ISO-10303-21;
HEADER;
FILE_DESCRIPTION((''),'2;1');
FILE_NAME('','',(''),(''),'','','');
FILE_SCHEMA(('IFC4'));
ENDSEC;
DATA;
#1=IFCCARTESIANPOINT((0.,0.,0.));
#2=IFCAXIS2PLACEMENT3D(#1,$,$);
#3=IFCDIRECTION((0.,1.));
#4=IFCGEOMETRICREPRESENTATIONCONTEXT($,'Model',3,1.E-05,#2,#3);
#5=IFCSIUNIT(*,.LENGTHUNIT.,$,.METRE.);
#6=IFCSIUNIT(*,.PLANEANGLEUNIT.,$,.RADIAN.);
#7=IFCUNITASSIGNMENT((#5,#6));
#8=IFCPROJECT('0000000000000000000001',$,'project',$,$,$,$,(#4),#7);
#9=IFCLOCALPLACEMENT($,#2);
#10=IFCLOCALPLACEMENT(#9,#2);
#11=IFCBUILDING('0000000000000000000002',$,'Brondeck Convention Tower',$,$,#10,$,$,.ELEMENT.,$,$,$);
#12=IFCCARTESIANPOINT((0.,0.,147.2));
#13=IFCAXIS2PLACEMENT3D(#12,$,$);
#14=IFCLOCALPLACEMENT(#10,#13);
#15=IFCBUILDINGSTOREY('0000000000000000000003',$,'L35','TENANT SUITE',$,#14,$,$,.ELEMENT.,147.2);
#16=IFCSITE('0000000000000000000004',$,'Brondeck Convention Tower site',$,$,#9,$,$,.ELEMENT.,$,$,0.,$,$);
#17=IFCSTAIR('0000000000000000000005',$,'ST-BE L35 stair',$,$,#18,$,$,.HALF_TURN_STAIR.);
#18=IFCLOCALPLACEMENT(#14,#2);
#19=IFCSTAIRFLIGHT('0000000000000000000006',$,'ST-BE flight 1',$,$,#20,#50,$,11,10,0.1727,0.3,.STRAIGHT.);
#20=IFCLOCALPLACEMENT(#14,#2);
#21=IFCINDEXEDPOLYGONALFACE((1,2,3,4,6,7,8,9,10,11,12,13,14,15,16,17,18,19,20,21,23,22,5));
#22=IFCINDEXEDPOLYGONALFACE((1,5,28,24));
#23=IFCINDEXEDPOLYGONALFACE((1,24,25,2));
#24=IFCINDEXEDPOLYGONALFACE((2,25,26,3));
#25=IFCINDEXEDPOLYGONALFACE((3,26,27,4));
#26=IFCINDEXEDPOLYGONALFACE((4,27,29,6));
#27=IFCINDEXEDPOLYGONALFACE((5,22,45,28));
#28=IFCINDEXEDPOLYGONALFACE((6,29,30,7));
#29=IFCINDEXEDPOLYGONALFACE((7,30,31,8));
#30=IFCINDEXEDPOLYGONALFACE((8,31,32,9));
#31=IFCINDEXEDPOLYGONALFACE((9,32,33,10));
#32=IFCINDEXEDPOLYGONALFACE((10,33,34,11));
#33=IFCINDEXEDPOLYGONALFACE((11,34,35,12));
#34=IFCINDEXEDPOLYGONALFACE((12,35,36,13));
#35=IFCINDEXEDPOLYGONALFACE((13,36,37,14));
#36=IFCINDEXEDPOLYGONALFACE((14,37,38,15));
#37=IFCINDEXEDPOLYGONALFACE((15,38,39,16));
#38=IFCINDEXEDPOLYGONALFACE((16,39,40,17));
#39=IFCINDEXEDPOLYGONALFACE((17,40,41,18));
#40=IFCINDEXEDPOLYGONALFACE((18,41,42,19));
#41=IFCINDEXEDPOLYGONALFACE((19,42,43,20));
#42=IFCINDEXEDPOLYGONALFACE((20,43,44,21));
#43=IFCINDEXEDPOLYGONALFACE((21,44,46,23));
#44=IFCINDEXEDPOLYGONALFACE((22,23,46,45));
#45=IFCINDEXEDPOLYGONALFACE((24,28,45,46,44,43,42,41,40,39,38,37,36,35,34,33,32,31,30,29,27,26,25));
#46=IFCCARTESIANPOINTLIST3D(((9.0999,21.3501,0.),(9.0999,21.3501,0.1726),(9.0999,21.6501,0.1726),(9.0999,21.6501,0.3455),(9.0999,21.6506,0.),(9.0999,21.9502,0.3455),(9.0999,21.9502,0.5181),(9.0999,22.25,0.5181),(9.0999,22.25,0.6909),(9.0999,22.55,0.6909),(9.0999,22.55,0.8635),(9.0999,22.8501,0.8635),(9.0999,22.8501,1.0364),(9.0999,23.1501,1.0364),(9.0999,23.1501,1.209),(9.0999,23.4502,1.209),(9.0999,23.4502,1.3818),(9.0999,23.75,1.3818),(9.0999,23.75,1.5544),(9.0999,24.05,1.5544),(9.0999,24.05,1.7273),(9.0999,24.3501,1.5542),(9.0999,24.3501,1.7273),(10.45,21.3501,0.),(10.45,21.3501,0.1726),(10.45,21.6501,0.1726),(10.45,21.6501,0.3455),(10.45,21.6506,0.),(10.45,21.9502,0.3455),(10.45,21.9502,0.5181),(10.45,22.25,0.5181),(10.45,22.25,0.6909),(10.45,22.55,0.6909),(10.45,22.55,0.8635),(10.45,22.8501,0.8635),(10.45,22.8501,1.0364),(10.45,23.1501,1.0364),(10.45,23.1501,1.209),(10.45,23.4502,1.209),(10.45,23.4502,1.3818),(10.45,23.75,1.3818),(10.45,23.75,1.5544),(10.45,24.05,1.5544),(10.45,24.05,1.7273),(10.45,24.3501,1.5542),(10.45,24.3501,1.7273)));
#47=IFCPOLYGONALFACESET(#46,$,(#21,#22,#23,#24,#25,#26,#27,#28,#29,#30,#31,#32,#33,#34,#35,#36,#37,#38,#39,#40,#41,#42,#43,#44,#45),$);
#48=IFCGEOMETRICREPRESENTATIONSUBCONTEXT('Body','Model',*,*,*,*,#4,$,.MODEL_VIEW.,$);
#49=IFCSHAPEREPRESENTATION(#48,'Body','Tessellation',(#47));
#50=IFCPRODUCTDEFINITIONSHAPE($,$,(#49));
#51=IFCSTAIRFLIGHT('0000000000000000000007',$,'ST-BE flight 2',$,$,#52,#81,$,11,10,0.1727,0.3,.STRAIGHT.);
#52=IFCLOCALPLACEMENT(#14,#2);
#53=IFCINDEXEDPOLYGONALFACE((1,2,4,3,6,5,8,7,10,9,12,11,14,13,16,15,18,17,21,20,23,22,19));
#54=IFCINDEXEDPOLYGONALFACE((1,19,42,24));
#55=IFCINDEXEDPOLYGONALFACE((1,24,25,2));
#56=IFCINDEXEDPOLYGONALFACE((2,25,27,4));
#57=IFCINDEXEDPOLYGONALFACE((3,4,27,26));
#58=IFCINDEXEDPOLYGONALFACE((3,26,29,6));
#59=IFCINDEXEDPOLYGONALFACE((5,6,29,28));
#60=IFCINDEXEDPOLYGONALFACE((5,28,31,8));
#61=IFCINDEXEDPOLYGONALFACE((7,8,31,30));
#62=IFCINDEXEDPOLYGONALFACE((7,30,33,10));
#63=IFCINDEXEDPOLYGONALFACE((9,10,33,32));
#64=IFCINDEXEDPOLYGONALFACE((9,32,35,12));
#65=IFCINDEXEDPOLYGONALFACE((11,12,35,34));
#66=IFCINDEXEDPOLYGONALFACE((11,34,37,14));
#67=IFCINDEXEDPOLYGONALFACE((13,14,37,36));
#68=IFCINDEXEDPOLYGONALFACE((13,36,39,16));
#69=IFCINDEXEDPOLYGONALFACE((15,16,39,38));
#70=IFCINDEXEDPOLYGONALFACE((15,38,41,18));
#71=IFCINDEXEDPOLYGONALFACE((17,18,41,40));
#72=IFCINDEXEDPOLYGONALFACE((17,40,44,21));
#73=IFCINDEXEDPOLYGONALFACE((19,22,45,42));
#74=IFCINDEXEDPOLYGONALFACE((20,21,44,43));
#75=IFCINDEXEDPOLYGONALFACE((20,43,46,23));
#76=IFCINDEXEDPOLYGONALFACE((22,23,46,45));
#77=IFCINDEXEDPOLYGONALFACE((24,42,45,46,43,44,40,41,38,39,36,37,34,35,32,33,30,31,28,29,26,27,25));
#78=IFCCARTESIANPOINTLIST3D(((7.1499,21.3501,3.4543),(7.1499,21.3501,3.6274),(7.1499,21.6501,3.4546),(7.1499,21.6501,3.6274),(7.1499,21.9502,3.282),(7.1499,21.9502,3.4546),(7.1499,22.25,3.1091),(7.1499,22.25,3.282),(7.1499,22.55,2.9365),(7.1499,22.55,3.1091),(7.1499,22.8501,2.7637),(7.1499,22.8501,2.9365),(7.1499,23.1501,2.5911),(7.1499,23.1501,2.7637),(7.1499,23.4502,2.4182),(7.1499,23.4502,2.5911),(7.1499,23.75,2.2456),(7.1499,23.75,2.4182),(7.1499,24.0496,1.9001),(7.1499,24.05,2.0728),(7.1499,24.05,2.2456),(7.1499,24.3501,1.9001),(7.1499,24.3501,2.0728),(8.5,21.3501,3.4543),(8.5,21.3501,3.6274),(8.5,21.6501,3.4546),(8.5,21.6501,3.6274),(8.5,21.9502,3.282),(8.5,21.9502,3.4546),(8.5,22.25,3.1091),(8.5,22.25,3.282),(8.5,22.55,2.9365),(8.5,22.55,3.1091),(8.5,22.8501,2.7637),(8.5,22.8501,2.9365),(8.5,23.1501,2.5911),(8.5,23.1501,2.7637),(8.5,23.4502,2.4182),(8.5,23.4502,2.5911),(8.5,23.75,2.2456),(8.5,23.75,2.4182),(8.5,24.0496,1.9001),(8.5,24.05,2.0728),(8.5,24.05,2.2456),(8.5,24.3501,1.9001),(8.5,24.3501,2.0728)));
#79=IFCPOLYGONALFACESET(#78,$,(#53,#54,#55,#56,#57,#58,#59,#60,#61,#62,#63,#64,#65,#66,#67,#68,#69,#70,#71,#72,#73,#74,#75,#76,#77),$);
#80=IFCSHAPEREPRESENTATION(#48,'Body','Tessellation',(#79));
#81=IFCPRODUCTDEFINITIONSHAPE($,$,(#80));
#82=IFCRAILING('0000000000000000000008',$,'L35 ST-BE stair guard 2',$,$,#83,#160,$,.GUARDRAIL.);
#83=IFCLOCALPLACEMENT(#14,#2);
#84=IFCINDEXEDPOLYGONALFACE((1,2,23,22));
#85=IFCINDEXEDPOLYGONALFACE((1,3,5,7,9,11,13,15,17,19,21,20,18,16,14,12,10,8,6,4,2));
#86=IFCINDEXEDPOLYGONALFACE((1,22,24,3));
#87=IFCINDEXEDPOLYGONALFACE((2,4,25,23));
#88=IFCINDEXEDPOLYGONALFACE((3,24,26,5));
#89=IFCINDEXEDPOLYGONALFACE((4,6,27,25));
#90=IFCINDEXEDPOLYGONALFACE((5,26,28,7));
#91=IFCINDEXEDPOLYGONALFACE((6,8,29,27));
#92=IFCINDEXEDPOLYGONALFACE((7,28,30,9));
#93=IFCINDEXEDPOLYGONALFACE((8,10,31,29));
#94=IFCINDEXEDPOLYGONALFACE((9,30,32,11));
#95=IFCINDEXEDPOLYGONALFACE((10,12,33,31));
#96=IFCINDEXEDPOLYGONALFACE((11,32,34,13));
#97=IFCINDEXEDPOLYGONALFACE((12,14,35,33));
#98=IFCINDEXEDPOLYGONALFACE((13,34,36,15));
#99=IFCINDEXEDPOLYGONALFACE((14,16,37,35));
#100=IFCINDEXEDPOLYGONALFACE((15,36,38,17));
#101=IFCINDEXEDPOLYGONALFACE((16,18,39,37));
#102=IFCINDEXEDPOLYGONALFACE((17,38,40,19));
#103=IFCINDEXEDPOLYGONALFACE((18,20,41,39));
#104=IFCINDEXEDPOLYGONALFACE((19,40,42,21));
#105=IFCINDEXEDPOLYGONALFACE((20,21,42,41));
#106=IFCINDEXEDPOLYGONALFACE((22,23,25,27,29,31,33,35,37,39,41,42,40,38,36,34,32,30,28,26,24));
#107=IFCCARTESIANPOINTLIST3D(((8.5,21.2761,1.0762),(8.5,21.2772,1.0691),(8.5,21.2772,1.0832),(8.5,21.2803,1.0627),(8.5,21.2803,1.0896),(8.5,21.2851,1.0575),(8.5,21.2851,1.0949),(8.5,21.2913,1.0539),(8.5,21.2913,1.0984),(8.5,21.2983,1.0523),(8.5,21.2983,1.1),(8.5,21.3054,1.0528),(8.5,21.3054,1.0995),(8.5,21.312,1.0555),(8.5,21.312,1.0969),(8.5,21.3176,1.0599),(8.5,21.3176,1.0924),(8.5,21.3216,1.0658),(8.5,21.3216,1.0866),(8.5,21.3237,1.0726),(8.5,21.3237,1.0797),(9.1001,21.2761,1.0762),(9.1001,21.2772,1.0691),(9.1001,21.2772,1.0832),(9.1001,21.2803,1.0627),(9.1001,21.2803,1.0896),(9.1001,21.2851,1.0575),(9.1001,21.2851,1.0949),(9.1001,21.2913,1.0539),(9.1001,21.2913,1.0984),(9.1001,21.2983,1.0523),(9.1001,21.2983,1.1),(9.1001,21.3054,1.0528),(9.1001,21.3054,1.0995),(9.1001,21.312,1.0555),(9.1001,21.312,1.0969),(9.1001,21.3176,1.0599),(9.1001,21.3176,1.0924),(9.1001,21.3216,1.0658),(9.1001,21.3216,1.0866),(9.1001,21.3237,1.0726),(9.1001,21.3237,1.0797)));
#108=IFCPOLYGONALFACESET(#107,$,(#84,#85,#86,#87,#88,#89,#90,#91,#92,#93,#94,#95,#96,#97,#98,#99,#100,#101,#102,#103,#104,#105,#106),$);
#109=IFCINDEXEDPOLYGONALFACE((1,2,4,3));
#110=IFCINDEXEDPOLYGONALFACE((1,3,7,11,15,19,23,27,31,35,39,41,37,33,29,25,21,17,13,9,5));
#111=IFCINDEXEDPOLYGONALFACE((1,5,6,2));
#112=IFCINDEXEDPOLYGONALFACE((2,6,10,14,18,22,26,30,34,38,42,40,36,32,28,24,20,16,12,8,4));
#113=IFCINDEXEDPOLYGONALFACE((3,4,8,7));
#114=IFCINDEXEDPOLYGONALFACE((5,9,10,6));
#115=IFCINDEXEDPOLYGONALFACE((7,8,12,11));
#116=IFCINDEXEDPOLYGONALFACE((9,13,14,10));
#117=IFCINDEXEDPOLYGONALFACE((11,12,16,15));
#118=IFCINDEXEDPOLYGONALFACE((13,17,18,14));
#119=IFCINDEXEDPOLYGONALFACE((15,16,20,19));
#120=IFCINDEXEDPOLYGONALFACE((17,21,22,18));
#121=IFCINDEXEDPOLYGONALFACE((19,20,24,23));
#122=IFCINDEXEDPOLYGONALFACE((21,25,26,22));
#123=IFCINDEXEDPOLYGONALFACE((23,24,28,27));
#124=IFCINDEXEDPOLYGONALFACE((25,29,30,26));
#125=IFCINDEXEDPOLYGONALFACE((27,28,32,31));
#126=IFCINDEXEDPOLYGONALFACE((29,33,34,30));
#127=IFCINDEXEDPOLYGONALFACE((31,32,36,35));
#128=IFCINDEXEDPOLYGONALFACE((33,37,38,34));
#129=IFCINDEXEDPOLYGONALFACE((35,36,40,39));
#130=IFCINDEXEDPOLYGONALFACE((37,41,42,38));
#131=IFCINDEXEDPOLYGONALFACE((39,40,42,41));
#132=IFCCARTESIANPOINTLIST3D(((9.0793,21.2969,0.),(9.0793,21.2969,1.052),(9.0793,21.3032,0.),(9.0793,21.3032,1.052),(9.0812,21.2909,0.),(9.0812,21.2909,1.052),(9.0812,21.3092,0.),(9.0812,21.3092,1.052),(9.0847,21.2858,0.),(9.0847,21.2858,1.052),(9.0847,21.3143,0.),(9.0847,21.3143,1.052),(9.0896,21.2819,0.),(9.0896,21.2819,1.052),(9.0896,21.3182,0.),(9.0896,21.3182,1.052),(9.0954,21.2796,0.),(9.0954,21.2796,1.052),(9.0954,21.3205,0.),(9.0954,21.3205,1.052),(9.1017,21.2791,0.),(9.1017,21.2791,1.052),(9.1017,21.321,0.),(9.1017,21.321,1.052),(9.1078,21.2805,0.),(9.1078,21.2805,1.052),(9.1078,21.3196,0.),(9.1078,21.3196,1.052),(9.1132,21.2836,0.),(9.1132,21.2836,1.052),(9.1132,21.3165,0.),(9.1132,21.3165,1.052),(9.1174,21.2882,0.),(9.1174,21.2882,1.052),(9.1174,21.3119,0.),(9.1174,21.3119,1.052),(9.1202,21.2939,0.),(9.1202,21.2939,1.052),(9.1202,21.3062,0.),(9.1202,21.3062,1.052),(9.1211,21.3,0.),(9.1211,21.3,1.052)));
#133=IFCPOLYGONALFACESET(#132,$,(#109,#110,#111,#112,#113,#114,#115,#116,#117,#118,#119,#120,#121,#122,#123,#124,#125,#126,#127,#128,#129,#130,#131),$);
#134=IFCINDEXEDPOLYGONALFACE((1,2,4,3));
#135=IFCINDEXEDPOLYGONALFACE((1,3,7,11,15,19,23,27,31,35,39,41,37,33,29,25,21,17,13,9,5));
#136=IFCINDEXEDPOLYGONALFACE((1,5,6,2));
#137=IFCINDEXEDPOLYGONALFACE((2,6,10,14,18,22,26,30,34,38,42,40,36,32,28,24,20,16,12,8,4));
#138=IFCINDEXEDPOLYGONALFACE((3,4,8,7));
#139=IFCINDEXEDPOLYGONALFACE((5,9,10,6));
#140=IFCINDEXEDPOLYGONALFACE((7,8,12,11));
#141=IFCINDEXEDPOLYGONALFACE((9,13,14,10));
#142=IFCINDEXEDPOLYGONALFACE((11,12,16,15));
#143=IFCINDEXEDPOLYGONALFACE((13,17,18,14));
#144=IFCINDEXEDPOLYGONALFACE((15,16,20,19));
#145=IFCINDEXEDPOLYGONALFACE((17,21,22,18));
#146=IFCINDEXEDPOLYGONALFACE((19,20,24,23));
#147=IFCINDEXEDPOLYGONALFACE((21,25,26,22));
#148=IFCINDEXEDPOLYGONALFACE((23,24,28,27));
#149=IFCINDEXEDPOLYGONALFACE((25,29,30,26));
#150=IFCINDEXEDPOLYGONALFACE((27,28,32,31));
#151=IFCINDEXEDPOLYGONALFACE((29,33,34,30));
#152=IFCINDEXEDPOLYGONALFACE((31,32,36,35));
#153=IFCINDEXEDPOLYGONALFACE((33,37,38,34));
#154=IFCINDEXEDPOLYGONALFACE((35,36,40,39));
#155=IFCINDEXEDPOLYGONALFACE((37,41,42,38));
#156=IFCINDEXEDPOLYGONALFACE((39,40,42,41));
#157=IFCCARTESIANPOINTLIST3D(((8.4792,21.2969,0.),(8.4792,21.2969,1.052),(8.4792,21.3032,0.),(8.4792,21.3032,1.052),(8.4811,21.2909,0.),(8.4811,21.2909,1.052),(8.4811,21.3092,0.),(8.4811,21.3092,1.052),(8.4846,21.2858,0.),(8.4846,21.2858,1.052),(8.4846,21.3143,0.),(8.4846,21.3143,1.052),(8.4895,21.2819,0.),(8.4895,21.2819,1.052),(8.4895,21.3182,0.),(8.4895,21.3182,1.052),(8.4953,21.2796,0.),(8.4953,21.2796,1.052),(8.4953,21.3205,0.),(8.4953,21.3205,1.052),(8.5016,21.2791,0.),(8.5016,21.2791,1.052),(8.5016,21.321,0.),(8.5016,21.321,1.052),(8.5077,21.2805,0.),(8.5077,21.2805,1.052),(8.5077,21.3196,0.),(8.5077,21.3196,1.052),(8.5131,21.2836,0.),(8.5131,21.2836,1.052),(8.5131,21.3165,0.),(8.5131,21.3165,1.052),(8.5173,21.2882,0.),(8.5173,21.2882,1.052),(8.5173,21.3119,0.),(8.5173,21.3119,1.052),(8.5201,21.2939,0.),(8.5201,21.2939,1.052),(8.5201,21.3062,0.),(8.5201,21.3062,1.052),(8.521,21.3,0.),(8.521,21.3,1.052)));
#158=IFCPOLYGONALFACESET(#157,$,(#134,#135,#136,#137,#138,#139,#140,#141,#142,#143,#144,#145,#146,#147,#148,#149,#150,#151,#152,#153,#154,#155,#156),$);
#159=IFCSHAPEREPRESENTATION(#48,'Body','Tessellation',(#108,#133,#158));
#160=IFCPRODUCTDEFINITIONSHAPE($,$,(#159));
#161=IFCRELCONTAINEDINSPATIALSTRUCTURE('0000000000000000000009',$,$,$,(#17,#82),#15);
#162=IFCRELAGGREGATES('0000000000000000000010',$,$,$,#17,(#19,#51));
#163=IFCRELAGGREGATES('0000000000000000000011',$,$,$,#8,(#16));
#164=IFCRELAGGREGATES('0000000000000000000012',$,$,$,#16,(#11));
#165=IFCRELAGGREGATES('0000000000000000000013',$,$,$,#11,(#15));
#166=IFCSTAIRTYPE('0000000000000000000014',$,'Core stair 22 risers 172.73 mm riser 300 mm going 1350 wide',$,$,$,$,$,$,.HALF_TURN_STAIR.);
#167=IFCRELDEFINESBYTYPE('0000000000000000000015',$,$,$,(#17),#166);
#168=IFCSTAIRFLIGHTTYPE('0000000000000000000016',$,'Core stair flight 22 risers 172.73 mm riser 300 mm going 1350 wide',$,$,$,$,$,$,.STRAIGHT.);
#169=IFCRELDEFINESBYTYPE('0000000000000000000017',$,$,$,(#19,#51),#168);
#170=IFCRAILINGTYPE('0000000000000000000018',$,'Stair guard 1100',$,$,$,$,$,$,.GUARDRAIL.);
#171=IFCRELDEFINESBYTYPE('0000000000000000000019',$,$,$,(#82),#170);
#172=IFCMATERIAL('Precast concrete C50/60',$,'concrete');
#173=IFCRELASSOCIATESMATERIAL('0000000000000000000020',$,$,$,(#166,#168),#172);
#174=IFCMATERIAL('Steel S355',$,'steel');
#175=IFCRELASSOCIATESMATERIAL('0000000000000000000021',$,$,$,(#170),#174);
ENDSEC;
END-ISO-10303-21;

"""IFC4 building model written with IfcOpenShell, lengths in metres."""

from ifc_helpers import new_model, si_unit, direction, frame, origin, origin_2d, place, context, subcontext, project, spatial, polyline, circle, outline, extrude, material, type_object, element, aggregate, save


model = new_model("IFC4")

# Units and contexts
model_context = context("Model", 3, precision=1e-05, world=origin(), true_north=direction((0.0, 1.0)))
body_context = subcontext(model_context, "Body", "Model", "MODEL_VIEW")
ifc_project = project(units=[si_unit("LENGTHUNIT", "METRE"), si_unit("PLANEANGLEUNIT", "RADIAN")], contexts=[model_context])

# Site, building, storey
site_placement = place(None, origin())
site = spatial("IfcSite", under=ifc_project, at=site_placement, Name="Brondeck Convention Tower site", CompositionType="ELEMENT", RefElevation=0.0)
building_placement = place(site_placement, origin())
building = spatial("IfcBuilding", under=site, at=building_placement, Name="Brondeck Convention Tower", CompositionType="ELEMENT")
storey_placement = place(building_placement, frame((0.0, 0.0, 147.2)))
storey = spatial("IfcBuildingStorey", under=building, at=storey_placement, Name="L35", Description="TENANT SUITE", CompositionType="ELEMENT", Elevation=147.2)

# Shared definitions
ifc_material_1 = material(Name="Steel S355", Category="steel")

# Stair, stair flights
ifc_material_2 = material(Name="Precast concrete C50/60", Category="concrete")
stair_type = type_object("IfcStairType", Name="Core stair 22 risers 172.73 mm riser 300 mm going 1350 wide", PredefinedType="HALF_TURN_STAIR", material=ifc_material_2)
stair_placement = place(storey_placement, origin())
stair = element("IfcStair", 1, at=stair_placement, inside=storey, type_object=stair_type, Name="ST-BE L35 stair", PredefinedType="HALF_TURN_STAIR")
stair_flight_type = type_object("IfcStairFlightType", Name="Core stair flight 22 risers 172.73 mm riser 300 mm going 1350 wide", PredefinedType="STRAIGHT", material=ifc_material_2)
stair_flight_1_placement = place(storey_placement, frame((9.7749, 21.3501, 0.0), z_axis=(0.0, 0.0, 1.0), x_axis=(0.0, 1.0, 0.0)))
stair_flight_1 = element("IfcStairFlight", 2, at=stair_flight_1_placement, type_object=stair_flight_type, Name="ST-BE flight 1", NumberOfRisers=11, NumberOfTreads=10, PredefinedType="STRAIGHT", RiserHeight=0.1727, TreadLength=0.3, context=body_context, shape_type="SweptSolid", body=[
    extrude(outline(polyline([(0.0, 0.0), (0.0, 0.1726), (0.3, 0.1726), (0.3, 0.3455), (0.6001, 0.3455), (0.6001, 0.5181), (0.8999, 0.5181), (0.8999, 0.6909), (1.2, 0.6909), (1.2, 0.8635), (1.5, 0.8635), (1.5, 1.0364), (1.8, 1.0364), (1.8, 1.209), (2.1001, 1.209), (2.1001, 1.3818), (2.3999, 1.3818), (2.3999, 1.5544), (2.7, 1.5544), (2.7, 1.7273), (3.0, 1.7273), (3.0, 1.8999), (3.0, 1.5542), (0.3005, 0.0), (0.0, 0.0)])), frame((0.0, 0.675, 0.0), z_axis=(0.0, -1.0, 0.0), x_axis=(1.0, 0.0, 0.0)), (0.0, 0.0, 1.0), 1.3501),
])
stair_flight_2_placement = place(storey_placement, frame((7.825, 24.3501, 1.9001), z_axis=(0.0, 0.0, 1.0), x_axis=(0.0, -1.0, 0.0)))
stair_flight_2 = element("IfcStairFlight", 3, at=stair_flight_2_placement, type_object=stair_flight_type, Name="ST-BE flight 2", NumberOfRisers=11, NumberOfTreads=10, PredefinedType="STRAIGHT", RiserHeight=0.1727, TreadLength=0.3, context=body_context, shape_type="SweptSolid", body=[
    extrude(outline(polyline([(0.0, 0.0), (0.0, 0.1726), (0.3, 0.1726), (0.3, 0.3455), (0.6001, 0.3455), (0.6001, 0.5181), (0.8999, 0.5181), (0.8999, 0.6909), (1.2, 0.6909), (1.2, 0.8635), (1.5, 0.8635), (1.5, 1.0364), (1.8, 1.0364), (1.8, 1.209), (2.1001, 1.209), (2.1001, 1.3818), (2.3999, 1.3818), (2.3999, 1.5544), (2.7, 1.5544), (2.7, 1.7273), (3.0, 1.7273), (3.0, 1.8999), (3.0, 1.5542), (0.3005, 0.0), (0.0, 0.0)])), frame((0.0, 0.675, 0.0), z_axis=(0.0, -1.0, 0.0), x_axis=(1.0, 0.0, 0.0)), (0.0, 0.0, 1.0), 1.3501),
])
aggregate(stair, [stair_flight_1, stair_flight_2])

# Railing
railing_type_1 = type_object("IfcRailingType", Name="Stair guard 1100", PredefinedType="GUARDRAIL", material=ifc_material_1)
railing_1_placement = place(storey_placement, frame((9.1001, 21.3, 0.0)))
element("IfcRailing", 4, at=railing_1_placement, inside=storey, type_object=railing_type_1, Name="L35 ST-BE stair guard 2", PredefinedType="GUARDRAIL", context=body_context, shape_type="SweptSolid", body=[
    extrude(circle(Radius=0.0239, at=origin_2d()), frame((0.0, 0.0, 1.0762), z_axis=(-1.0, 0.0, 0.0), x_axis=(0.0, -1.0, 0.0)), (0.0, 0.0, 1.0), 0.6001),
    extrude(circle(Radius=0.021, at=origin_2d()), origin(), (0.0, 0.0, 1.0), 1.052),
    extrude(circle(Radius=0.021, at=origin_2d()), frame((-0.6001, 0.0, 0.0)), (0.0, 0.0, 1.0), 1.052),
])

save(model, "model.ifc")
